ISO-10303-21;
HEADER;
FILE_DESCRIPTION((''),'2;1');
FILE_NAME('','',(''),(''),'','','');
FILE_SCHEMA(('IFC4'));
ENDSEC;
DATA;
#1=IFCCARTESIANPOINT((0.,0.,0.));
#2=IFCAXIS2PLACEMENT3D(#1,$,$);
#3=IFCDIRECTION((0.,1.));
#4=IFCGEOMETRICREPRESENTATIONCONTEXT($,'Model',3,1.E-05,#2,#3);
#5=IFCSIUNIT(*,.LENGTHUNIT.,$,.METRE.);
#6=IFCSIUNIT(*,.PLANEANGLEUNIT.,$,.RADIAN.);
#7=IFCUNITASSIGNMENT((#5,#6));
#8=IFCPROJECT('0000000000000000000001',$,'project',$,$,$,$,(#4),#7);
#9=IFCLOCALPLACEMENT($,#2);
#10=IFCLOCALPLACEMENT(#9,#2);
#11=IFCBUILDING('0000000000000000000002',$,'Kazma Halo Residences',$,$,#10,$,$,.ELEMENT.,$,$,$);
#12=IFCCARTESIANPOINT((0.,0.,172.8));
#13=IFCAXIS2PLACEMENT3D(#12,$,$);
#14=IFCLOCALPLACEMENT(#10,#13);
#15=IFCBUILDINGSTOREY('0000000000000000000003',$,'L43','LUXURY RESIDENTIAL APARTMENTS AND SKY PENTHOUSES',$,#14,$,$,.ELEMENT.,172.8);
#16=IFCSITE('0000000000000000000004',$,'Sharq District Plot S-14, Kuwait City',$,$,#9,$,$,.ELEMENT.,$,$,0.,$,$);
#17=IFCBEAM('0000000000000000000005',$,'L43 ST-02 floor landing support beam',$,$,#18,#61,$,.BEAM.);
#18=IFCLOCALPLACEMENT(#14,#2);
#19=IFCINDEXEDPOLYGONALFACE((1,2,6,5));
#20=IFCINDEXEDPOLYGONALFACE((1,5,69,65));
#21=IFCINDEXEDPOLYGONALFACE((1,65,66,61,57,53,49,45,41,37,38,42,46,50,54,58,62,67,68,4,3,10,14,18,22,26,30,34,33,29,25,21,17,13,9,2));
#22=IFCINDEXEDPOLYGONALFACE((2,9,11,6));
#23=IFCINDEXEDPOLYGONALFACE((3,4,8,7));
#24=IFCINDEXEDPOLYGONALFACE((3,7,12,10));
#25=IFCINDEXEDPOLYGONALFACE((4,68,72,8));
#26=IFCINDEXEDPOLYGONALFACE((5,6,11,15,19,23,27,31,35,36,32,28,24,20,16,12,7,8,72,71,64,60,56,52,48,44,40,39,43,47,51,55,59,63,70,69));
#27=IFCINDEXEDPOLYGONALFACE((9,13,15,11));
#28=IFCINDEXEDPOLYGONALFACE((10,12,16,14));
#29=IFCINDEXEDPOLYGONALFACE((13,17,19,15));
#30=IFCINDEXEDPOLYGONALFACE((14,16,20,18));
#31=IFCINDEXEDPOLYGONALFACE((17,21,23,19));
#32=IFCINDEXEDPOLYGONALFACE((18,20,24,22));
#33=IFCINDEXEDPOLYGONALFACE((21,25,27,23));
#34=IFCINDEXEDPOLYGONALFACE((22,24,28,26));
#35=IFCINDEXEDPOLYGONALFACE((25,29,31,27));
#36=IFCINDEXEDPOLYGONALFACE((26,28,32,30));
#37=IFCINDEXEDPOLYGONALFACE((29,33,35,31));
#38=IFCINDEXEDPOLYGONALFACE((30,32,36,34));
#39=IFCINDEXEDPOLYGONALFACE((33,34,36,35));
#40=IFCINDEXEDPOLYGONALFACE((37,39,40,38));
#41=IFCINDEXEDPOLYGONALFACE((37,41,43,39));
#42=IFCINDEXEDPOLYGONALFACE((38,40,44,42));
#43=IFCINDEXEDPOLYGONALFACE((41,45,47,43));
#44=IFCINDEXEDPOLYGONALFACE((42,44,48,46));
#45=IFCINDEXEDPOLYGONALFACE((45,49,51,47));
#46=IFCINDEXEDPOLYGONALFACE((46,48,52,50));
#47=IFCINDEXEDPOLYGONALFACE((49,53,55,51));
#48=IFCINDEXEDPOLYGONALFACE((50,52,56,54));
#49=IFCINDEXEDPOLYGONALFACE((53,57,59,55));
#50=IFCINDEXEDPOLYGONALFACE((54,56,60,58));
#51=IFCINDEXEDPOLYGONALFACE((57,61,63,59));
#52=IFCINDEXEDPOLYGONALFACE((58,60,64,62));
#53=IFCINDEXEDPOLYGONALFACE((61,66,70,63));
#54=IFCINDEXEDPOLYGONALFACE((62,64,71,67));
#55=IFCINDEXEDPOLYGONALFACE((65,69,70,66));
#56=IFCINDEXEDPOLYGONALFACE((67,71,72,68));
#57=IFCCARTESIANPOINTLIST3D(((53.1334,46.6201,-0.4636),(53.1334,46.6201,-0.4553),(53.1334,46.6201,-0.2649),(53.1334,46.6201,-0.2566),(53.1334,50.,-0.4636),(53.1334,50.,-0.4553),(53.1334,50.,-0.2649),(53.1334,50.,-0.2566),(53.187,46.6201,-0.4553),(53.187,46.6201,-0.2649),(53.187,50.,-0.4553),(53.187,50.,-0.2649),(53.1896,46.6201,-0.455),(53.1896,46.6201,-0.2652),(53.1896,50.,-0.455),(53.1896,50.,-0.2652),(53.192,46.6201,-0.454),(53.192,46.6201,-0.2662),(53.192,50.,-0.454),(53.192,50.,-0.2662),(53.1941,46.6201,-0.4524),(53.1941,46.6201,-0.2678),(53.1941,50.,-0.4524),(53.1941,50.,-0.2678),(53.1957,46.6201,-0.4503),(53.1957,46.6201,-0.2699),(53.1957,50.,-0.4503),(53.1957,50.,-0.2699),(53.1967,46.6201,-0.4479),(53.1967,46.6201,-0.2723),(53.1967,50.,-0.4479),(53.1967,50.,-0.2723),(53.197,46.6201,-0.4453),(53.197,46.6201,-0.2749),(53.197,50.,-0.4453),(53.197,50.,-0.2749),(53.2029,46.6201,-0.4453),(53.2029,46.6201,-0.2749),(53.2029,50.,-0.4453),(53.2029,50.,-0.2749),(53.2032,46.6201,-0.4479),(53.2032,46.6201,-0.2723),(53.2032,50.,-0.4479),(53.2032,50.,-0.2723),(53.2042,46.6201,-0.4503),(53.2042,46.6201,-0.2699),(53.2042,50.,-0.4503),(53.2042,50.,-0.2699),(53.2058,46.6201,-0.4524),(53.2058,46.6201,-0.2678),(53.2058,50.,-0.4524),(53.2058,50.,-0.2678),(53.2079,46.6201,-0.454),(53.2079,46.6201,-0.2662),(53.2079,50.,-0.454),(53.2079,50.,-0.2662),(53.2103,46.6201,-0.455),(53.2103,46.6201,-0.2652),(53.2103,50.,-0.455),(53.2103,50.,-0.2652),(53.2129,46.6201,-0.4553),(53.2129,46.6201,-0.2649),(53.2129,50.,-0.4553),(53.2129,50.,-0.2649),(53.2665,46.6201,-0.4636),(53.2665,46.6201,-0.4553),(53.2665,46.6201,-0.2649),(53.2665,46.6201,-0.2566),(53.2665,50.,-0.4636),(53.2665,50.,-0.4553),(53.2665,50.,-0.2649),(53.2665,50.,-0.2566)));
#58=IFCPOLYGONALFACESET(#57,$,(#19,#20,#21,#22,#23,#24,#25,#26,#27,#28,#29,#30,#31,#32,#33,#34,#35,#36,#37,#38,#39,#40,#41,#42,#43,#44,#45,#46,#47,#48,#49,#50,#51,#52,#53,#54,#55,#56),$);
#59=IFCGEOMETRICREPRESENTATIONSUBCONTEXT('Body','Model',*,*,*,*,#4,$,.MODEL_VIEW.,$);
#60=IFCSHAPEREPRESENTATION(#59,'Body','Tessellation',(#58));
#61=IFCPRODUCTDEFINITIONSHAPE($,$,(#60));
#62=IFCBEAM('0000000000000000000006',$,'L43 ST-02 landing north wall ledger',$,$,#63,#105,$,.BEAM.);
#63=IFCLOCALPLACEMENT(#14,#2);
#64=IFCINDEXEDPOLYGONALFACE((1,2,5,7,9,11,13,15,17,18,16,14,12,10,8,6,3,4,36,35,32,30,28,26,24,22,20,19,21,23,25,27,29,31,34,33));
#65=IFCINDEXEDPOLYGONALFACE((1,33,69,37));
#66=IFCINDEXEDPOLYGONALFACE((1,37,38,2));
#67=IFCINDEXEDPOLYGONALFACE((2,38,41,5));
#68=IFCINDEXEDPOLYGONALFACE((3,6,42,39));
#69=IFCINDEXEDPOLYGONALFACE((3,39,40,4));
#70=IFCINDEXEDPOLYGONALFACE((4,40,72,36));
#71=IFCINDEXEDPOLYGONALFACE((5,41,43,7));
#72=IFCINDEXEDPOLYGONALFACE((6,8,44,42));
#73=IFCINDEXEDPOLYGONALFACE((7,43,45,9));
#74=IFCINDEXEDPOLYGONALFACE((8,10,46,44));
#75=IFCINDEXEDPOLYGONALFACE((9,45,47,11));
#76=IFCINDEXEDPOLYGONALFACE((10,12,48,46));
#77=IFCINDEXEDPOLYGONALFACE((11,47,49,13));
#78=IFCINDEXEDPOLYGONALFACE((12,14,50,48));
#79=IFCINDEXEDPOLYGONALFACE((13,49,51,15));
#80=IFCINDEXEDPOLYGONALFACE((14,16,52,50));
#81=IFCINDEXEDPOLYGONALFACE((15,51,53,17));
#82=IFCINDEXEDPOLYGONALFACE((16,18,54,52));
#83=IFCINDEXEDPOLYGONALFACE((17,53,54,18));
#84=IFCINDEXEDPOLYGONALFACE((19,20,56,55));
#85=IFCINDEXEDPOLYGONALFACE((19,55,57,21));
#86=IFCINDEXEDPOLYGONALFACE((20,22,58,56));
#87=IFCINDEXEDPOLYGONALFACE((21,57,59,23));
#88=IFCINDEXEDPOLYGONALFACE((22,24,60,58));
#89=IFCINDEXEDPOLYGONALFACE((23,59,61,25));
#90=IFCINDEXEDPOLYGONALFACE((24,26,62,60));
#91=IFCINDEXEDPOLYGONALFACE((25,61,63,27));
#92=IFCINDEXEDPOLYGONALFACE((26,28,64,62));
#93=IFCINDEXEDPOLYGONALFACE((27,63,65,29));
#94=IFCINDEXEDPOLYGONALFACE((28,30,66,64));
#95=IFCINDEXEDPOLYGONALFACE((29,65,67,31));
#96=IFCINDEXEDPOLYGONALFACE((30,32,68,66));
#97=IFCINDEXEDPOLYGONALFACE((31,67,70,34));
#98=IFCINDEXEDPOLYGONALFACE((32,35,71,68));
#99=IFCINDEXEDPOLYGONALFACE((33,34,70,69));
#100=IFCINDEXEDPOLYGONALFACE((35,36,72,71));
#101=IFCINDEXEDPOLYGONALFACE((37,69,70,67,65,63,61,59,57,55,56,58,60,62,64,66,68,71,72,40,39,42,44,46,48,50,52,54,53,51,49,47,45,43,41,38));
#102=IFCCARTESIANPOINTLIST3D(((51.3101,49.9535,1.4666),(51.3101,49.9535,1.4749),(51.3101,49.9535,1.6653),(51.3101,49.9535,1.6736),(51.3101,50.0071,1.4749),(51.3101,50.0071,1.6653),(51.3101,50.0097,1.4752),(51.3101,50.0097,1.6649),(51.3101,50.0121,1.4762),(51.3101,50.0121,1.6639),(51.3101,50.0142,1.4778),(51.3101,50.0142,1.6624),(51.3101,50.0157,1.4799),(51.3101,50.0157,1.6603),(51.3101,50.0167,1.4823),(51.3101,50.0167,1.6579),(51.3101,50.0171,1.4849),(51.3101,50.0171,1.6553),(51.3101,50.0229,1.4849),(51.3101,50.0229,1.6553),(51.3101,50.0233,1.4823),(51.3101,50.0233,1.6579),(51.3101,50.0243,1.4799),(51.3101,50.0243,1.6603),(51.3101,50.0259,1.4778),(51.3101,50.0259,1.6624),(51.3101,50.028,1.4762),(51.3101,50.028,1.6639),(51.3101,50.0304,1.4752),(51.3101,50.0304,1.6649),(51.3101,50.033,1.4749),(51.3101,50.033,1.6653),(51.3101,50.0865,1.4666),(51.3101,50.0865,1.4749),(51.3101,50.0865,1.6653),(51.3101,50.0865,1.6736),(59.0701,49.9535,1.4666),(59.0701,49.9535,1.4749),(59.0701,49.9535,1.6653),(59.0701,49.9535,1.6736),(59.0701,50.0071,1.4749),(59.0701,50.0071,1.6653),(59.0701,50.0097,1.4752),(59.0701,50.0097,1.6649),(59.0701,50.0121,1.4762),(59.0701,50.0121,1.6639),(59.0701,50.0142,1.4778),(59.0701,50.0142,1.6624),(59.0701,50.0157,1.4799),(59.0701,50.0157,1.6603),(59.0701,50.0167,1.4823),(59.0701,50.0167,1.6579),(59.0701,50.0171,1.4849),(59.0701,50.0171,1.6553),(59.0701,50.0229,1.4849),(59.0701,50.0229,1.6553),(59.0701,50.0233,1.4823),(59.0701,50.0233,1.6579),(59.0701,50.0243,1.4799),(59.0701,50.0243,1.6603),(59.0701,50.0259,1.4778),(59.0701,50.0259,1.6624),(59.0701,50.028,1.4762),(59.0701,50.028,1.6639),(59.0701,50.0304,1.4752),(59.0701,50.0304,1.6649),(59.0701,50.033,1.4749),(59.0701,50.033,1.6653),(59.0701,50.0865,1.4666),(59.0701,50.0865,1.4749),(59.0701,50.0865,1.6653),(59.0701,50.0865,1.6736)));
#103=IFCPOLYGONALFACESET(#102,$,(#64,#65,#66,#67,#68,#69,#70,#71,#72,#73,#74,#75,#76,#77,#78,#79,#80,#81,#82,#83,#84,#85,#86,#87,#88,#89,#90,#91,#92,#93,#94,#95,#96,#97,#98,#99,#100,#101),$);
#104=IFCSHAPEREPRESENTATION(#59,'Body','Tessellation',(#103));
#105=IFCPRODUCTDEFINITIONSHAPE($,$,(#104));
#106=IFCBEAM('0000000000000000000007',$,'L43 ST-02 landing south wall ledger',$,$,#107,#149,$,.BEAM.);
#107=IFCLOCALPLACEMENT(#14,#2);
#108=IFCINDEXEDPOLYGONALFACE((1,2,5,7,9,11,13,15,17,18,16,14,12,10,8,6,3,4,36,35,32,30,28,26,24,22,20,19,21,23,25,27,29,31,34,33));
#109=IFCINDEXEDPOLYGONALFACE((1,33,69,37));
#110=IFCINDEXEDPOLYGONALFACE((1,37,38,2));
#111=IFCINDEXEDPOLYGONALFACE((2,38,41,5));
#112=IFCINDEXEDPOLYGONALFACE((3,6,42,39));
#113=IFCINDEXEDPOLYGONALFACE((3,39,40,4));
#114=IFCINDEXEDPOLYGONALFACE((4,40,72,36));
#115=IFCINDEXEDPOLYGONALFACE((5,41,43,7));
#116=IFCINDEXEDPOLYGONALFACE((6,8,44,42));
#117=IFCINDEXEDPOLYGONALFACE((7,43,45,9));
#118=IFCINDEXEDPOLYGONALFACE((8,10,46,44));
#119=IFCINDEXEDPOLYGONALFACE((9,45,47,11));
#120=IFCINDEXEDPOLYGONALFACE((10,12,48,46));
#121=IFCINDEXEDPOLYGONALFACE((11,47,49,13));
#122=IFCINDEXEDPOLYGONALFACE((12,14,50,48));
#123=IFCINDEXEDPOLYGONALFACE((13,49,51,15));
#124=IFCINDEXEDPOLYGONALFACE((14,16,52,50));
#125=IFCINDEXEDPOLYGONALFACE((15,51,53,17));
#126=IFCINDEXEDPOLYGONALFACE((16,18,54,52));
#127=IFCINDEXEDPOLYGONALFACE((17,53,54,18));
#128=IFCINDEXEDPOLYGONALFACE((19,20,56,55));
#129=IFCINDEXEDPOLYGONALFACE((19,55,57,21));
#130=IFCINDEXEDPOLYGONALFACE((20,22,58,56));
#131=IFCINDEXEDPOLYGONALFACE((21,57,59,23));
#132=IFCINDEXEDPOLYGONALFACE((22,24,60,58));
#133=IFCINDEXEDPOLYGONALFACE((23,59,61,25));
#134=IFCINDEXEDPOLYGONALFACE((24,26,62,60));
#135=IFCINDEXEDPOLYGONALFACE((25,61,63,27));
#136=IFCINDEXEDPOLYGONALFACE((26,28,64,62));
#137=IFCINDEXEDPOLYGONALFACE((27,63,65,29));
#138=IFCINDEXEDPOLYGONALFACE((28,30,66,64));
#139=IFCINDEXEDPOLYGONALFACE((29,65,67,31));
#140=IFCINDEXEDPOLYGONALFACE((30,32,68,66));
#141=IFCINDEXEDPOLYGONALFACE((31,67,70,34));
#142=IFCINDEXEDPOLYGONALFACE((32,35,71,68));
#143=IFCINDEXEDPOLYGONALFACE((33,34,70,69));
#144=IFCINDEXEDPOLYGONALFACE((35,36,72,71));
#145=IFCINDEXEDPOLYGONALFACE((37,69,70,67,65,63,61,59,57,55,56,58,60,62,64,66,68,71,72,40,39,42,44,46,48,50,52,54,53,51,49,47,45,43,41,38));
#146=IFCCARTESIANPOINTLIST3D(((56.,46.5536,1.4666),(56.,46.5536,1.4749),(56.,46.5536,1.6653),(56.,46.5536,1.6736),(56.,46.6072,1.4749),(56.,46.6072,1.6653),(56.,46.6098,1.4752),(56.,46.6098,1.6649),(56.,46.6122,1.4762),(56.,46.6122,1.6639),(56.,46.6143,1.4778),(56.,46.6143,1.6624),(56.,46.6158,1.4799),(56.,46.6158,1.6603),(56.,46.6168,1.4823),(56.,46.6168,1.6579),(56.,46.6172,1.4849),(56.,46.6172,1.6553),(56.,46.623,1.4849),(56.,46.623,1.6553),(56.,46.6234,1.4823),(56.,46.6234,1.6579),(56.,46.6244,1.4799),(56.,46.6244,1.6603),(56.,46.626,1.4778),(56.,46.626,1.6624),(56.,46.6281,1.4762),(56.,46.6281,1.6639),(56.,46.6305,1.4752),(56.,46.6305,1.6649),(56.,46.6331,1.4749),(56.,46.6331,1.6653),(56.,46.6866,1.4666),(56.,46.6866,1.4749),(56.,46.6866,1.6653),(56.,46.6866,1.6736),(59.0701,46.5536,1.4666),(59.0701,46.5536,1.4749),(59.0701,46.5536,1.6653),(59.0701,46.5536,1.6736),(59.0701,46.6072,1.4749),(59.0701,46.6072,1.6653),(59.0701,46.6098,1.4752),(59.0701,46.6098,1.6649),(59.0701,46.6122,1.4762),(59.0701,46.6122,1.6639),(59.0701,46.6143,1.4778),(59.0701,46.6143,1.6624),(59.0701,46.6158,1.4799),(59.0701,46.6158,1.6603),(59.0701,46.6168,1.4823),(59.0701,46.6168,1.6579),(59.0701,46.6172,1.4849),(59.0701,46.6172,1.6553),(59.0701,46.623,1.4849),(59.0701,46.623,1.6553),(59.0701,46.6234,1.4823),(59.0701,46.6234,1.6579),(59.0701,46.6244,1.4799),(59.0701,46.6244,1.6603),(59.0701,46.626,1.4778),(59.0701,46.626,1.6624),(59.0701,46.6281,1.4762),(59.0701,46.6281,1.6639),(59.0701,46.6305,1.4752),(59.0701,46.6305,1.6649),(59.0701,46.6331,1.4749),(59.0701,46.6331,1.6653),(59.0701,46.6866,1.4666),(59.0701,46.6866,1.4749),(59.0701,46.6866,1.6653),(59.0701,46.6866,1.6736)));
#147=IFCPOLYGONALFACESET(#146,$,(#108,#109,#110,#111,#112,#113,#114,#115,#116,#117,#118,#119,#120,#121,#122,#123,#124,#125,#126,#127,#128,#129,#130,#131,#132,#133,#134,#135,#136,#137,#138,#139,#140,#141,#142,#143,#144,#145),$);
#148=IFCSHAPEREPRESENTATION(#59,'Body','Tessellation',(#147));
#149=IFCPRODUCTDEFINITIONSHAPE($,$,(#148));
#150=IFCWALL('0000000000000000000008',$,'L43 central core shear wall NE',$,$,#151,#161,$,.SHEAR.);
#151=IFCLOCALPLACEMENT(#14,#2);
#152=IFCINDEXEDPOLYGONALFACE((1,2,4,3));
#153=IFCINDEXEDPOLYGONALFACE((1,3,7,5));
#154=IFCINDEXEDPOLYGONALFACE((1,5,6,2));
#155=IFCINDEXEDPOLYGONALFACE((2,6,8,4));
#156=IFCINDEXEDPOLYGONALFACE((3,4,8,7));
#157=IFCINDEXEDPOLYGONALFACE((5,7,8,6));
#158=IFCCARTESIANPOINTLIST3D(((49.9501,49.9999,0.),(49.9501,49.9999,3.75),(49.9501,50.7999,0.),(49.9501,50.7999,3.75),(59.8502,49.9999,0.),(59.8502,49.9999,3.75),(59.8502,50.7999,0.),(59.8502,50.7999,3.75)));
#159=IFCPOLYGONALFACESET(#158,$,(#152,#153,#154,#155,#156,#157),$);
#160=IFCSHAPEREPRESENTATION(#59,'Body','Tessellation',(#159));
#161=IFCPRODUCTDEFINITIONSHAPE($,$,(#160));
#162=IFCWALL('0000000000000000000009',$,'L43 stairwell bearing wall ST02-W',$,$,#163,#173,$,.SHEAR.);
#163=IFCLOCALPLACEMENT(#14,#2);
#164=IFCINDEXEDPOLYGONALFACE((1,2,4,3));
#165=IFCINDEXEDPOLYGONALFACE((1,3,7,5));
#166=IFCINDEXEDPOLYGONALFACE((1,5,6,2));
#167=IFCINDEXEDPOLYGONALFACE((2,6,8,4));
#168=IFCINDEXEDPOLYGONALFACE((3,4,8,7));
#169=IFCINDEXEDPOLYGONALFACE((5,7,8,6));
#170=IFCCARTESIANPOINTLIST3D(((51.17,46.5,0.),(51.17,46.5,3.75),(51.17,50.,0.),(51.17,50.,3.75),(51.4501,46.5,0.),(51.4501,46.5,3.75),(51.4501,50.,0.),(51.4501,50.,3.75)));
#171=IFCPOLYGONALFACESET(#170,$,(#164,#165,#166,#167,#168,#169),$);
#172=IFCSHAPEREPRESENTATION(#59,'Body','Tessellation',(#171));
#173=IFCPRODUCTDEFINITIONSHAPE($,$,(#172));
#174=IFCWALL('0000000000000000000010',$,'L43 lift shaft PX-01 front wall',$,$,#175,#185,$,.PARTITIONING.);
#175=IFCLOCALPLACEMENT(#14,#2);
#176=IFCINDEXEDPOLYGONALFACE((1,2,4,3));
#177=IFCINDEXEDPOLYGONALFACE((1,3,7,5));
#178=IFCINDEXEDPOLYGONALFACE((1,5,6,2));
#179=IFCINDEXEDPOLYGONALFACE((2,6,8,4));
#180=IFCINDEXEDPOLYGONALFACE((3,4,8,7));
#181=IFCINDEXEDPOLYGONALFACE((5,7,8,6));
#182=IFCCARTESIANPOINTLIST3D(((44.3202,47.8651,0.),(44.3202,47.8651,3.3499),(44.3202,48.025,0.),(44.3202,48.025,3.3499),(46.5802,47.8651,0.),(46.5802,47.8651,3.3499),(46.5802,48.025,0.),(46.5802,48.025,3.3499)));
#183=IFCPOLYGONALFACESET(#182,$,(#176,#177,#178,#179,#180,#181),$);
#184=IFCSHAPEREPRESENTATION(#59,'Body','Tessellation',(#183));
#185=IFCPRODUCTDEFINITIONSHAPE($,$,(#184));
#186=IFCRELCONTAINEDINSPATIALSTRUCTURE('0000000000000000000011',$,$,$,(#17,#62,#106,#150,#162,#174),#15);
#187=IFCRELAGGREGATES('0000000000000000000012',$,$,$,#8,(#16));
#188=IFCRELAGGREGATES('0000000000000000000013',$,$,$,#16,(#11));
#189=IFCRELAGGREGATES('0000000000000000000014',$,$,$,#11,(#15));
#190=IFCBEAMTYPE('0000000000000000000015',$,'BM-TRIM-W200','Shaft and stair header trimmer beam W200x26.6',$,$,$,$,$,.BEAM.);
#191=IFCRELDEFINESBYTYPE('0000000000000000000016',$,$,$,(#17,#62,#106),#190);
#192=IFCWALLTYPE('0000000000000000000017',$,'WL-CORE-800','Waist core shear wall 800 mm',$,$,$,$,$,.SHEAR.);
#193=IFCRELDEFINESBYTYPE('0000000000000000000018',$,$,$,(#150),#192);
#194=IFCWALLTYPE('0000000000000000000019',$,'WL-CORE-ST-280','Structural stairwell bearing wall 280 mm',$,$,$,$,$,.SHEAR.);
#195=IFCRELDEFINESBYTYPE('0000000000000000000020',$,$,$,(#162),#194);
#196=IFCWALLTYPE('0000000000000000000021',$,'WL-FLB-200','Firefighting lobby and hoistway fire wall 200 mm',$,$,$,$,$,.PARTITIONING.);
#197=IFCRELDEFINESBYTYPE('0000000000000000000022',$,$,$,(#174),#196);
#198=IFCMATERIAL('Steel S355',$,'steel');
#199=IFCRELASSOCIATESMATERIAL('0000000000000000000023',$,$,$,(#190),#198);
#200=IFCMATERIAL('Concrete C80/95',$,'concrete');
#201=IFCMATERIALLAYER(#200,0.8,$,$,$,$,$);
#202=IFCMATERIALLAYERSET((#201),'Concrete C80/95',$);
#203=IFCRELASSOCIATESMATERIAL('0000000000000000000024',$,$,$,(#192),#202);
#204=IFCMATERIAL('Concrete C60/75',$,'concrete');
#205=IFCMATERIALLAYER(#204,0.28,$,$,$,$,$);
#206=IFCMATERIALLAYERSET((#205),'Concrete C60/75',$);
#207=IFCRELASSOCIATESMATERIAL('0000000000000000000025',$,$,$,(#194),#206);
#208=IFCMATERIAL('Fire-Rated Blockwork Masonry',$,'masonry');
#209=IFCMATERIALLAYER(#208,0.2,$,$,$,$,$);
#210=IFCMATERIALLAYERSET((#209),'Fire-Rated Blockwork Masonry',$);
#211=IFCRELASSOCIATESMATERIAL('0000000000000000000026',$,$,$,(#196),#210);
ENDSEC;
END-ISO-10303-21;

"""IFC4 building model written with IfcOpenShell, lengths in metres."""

from ifc_helpers import new_model, si_unit, direction, frame, frame_2d, origin, origin_2d, place, context, subcontext, project, spatial, rectangle, i_section, extrude, material, layer, layer_set, material_profile, profile_set, type_object, element, save


model = new_model("IFC4")

# Units and contexts
model_context = context("Model", 3, precision=1e-05, world=origin(), true_north=direction((0.0, 1.0)))
body_context = subcontext(model_context, "Body", "Model", "MODEL_VIEW")
ifc_project = project(units=[si_unit("LENGTHUNIT", "METRE"), si_unit("PLANEANGLEUNIT", "RADIAN")], contexts=[model_context])

# Site, building, storey
site_placement = place(None, origin())
site = spatial("IfcSite", under=ifc_project, at=site_placement, Name="Sharq District Plot S-14, Kuwait City", CompositionType="ELEMENT", RefElevation=0.0)
building_placement = place(site_placement, origin())
building = spatial("IfcBuilding", under=site, at=building_placement, Name="Kazma Halo Residences", CompositionType="ELEMENT")
storey_placement = place(building_placement, frame((0.0, 0.0, 172.8)))
storey = spatial("IfcBuildingStorey", under=building, at=storey_placement, Name="L43", Description="LUXURY RESIDENTIAL APARTMENTS AND SKY PENTHOUSES", CompositionType="ELEMENT", Elevation=172.8)

# Shared definitions
ifc_material_1 = material(Name="Steel S355", Category="steel")

# Beams
ifc_material_profile_1 = material_profile(ifc_material_1, i_section(OverallWidth=0.1331, OverallDepth=0.207, WebThickness=0.0059, FlangeThickness=0.0083, FilletRadius=0.01, at=origin_2d()), Name="W200x26.6")
ifc_profile_set_1 = profile_set([ifc_material_profile_1], Name="Steel S355")
beam_type_1 = type_object("IfcBeamType", Name="BM-TRIM-W200", Description="Shaft and stair header trimmer beam W200x26.6", PredefinedType="BEAM", material=ifc_profile_set_1)
beam_1_placement = place(storey_placement, frame((53.2, 46.6201, -0.3601), z_axis=(0.0, 1.0, 0.0), x_axis=(-1.0, 0.0, 0.0)))
element("IfcBeam", 1, at=beam_1_placement, inside=storey, type_object=beam_type_1, Name="L43 ST-02 floor landing support beam", PredefinedType="BEAM", context=body_context, shape_type="SweptSolid", body=[
    extrude(i_section(OverallWidth=0.1331, OverallDepth=0.207, WebThickness=0.0059, FlangeThickness=0.0083, FilletRadius=0.01, at=origin_2d()), origin(), (0.0, 0.0, 1.0), 3.3799),
])
beam_2_placement = place(storey_placement, frame((51.3101, 50.02, 1.5701), z_axis=(1.0, 0.0, 0.0), x_axis=(0.0, 1.0, 0.0)))
element("IfcBeam", 2, at=beam_2_placement, inside=storey, type_object=beam_type_1, Name="L43 ST-02 landing north wall ledger", PredefinedType="BEAM", context=body_context, shape_type="SweptSolid", body=[
    extrude(i_section(OverallWidth=0.1331, OverallDepth=0.207, WebThickness=0.0059, FlangeThickness=0.0083, FilletRadius=0.01, at=origin_2d()), origin(), (0.0, 0.0, 1.0), 7.76),
])
beam_3_placement = place(storey_placement, frame((56.0, 46.6201, 1.5701), z_axis=(1.0, 0.0, 0.0), x_axis=(0.0, 1.0, 0.0)))
element("IfcBeam", 3, at=beam_3_placement, inside=storey, type_object=beam_type_1, Name="L43 ST-02 landing south wall ledger", PredefinedType="BEAM", context=body_context, shape_type="SweptSolid", body=[
    extrude(i_section(OverallWidth=0.1331, OverallDepth=0.207, WebThickness=0.0059, FlangeThickness=0.0083, FilletRadius=0.01, at=origin_2d()), origin(), (0.0, 0.0, 1.0), 3.0701),
])

# Walls
ifc_material_2 = material(Name="Concrete C80/95", Category="concrete")
ifc_layer_1 = layer(ifc_material_2, 0.8)
ifc_layer_set_1 = layer_set([ifc_layer_1], Name="Concrete C80/95")
wall_type_1 = type_object("IfcWallType", Name="WL-CORE-800", Description="Waist core shear wall 800 mm", PredefinedType="SHEAR", material=ifc_layer_set_1)
wall_1_placement = place(storey_placement, frame((49.95, 50.3999, 0.0), z_axis=(0.0, 0.0, 1.0), x_axis=(1.0, 0.0, 0.0)))
element("IfcWall", 4, at=wall_1_placement, inside=storey, type_object=wall_type_1, Name="L43 central core shear wall NE", PredefinedType="SHEAR", context=body_context, shape_type="SweptSolid", body=[
    extrude(rectangle(XDim=9.9001, YDim=0.8, at=frame_2d((4.9502, 0.0))), origin(), (0.0, 0.0, 1.0), 3.75),
])
ifc_material_3 = material(Name="Concrete C60/75", Category="concrete")
ifc_layer_2 = layer(ifc_material_3, 0.28)
ifc_layer_set_2 = layer_set([ifc_layer_2], Name="Concrete C60/75")
wall_type_2 = type_object("IfcWallType", Name="WL-CORE-ST-280", Description="Structural stairwell bearing wall 280 mm", PredefinedType="SHEAR", material=ifc_layer_set_2)
wall_2_placement = place(storey_placement, frame((51.3101, 46.5, 0.0), z_axis=(0.0, 0.0, 1.0), x_axis=(0.0, 1.0, 0.0)))
element("IfcWall", 5, at=wall_2_placement, inside=storey, type_object=wall_type_2, Name="L43 stairwell bearing wall ST02-W", PredefinedType="SHEAR", context=body_context, shape_type="SweptSolid", body=[
    extrude(rectangle(XDim=3.5, YDim=0.28, at=frame_2d((1.75, 0.0))), origin(), (0.0, 0.0, 1.0), 3.75),
])
ifc_material_4 = material(Name="Fire-Rated Blockwork Masonry", Category="masonry")
ifc_layer_3 = layer(ifc_material_4, 0.2)
ifc_layer_set_3 = layer_set([ifc_layer_3], Name="Fire-Rated Blockwork Masonry")
wall_type_3 = type_object("IfcWallType", Name="WL-FLB-200", Description="Firefighting lobby and hoistway fire wall 200 mm", PredefinedType="PARTITIONING", material=ifc_layer_set_3)
wall_3_placement = place(storey_placement, frame((46.5801, 47.9451, 0.0), z_axis=(0.0, 0.0, 1.0), x_axis=(-1.0, 0.0, 0.0)))
element("IfcWall", 6, at=wall_3_placement, inside=storey, type_object=wall_type_3, Name="L43 lift shaft PX-01 front wall", PredefinedType="PARTITIONING", context=body_context, shape_type="SweptSolid", body=[
    extrude(rectangle(XDim=2.26, YDim=0.1599, at=frame_2d((1.1299, 0.0))), origin(), (0.0, 0.0, 1.0), 3.3499),
])

save(model, "model.ifc")
